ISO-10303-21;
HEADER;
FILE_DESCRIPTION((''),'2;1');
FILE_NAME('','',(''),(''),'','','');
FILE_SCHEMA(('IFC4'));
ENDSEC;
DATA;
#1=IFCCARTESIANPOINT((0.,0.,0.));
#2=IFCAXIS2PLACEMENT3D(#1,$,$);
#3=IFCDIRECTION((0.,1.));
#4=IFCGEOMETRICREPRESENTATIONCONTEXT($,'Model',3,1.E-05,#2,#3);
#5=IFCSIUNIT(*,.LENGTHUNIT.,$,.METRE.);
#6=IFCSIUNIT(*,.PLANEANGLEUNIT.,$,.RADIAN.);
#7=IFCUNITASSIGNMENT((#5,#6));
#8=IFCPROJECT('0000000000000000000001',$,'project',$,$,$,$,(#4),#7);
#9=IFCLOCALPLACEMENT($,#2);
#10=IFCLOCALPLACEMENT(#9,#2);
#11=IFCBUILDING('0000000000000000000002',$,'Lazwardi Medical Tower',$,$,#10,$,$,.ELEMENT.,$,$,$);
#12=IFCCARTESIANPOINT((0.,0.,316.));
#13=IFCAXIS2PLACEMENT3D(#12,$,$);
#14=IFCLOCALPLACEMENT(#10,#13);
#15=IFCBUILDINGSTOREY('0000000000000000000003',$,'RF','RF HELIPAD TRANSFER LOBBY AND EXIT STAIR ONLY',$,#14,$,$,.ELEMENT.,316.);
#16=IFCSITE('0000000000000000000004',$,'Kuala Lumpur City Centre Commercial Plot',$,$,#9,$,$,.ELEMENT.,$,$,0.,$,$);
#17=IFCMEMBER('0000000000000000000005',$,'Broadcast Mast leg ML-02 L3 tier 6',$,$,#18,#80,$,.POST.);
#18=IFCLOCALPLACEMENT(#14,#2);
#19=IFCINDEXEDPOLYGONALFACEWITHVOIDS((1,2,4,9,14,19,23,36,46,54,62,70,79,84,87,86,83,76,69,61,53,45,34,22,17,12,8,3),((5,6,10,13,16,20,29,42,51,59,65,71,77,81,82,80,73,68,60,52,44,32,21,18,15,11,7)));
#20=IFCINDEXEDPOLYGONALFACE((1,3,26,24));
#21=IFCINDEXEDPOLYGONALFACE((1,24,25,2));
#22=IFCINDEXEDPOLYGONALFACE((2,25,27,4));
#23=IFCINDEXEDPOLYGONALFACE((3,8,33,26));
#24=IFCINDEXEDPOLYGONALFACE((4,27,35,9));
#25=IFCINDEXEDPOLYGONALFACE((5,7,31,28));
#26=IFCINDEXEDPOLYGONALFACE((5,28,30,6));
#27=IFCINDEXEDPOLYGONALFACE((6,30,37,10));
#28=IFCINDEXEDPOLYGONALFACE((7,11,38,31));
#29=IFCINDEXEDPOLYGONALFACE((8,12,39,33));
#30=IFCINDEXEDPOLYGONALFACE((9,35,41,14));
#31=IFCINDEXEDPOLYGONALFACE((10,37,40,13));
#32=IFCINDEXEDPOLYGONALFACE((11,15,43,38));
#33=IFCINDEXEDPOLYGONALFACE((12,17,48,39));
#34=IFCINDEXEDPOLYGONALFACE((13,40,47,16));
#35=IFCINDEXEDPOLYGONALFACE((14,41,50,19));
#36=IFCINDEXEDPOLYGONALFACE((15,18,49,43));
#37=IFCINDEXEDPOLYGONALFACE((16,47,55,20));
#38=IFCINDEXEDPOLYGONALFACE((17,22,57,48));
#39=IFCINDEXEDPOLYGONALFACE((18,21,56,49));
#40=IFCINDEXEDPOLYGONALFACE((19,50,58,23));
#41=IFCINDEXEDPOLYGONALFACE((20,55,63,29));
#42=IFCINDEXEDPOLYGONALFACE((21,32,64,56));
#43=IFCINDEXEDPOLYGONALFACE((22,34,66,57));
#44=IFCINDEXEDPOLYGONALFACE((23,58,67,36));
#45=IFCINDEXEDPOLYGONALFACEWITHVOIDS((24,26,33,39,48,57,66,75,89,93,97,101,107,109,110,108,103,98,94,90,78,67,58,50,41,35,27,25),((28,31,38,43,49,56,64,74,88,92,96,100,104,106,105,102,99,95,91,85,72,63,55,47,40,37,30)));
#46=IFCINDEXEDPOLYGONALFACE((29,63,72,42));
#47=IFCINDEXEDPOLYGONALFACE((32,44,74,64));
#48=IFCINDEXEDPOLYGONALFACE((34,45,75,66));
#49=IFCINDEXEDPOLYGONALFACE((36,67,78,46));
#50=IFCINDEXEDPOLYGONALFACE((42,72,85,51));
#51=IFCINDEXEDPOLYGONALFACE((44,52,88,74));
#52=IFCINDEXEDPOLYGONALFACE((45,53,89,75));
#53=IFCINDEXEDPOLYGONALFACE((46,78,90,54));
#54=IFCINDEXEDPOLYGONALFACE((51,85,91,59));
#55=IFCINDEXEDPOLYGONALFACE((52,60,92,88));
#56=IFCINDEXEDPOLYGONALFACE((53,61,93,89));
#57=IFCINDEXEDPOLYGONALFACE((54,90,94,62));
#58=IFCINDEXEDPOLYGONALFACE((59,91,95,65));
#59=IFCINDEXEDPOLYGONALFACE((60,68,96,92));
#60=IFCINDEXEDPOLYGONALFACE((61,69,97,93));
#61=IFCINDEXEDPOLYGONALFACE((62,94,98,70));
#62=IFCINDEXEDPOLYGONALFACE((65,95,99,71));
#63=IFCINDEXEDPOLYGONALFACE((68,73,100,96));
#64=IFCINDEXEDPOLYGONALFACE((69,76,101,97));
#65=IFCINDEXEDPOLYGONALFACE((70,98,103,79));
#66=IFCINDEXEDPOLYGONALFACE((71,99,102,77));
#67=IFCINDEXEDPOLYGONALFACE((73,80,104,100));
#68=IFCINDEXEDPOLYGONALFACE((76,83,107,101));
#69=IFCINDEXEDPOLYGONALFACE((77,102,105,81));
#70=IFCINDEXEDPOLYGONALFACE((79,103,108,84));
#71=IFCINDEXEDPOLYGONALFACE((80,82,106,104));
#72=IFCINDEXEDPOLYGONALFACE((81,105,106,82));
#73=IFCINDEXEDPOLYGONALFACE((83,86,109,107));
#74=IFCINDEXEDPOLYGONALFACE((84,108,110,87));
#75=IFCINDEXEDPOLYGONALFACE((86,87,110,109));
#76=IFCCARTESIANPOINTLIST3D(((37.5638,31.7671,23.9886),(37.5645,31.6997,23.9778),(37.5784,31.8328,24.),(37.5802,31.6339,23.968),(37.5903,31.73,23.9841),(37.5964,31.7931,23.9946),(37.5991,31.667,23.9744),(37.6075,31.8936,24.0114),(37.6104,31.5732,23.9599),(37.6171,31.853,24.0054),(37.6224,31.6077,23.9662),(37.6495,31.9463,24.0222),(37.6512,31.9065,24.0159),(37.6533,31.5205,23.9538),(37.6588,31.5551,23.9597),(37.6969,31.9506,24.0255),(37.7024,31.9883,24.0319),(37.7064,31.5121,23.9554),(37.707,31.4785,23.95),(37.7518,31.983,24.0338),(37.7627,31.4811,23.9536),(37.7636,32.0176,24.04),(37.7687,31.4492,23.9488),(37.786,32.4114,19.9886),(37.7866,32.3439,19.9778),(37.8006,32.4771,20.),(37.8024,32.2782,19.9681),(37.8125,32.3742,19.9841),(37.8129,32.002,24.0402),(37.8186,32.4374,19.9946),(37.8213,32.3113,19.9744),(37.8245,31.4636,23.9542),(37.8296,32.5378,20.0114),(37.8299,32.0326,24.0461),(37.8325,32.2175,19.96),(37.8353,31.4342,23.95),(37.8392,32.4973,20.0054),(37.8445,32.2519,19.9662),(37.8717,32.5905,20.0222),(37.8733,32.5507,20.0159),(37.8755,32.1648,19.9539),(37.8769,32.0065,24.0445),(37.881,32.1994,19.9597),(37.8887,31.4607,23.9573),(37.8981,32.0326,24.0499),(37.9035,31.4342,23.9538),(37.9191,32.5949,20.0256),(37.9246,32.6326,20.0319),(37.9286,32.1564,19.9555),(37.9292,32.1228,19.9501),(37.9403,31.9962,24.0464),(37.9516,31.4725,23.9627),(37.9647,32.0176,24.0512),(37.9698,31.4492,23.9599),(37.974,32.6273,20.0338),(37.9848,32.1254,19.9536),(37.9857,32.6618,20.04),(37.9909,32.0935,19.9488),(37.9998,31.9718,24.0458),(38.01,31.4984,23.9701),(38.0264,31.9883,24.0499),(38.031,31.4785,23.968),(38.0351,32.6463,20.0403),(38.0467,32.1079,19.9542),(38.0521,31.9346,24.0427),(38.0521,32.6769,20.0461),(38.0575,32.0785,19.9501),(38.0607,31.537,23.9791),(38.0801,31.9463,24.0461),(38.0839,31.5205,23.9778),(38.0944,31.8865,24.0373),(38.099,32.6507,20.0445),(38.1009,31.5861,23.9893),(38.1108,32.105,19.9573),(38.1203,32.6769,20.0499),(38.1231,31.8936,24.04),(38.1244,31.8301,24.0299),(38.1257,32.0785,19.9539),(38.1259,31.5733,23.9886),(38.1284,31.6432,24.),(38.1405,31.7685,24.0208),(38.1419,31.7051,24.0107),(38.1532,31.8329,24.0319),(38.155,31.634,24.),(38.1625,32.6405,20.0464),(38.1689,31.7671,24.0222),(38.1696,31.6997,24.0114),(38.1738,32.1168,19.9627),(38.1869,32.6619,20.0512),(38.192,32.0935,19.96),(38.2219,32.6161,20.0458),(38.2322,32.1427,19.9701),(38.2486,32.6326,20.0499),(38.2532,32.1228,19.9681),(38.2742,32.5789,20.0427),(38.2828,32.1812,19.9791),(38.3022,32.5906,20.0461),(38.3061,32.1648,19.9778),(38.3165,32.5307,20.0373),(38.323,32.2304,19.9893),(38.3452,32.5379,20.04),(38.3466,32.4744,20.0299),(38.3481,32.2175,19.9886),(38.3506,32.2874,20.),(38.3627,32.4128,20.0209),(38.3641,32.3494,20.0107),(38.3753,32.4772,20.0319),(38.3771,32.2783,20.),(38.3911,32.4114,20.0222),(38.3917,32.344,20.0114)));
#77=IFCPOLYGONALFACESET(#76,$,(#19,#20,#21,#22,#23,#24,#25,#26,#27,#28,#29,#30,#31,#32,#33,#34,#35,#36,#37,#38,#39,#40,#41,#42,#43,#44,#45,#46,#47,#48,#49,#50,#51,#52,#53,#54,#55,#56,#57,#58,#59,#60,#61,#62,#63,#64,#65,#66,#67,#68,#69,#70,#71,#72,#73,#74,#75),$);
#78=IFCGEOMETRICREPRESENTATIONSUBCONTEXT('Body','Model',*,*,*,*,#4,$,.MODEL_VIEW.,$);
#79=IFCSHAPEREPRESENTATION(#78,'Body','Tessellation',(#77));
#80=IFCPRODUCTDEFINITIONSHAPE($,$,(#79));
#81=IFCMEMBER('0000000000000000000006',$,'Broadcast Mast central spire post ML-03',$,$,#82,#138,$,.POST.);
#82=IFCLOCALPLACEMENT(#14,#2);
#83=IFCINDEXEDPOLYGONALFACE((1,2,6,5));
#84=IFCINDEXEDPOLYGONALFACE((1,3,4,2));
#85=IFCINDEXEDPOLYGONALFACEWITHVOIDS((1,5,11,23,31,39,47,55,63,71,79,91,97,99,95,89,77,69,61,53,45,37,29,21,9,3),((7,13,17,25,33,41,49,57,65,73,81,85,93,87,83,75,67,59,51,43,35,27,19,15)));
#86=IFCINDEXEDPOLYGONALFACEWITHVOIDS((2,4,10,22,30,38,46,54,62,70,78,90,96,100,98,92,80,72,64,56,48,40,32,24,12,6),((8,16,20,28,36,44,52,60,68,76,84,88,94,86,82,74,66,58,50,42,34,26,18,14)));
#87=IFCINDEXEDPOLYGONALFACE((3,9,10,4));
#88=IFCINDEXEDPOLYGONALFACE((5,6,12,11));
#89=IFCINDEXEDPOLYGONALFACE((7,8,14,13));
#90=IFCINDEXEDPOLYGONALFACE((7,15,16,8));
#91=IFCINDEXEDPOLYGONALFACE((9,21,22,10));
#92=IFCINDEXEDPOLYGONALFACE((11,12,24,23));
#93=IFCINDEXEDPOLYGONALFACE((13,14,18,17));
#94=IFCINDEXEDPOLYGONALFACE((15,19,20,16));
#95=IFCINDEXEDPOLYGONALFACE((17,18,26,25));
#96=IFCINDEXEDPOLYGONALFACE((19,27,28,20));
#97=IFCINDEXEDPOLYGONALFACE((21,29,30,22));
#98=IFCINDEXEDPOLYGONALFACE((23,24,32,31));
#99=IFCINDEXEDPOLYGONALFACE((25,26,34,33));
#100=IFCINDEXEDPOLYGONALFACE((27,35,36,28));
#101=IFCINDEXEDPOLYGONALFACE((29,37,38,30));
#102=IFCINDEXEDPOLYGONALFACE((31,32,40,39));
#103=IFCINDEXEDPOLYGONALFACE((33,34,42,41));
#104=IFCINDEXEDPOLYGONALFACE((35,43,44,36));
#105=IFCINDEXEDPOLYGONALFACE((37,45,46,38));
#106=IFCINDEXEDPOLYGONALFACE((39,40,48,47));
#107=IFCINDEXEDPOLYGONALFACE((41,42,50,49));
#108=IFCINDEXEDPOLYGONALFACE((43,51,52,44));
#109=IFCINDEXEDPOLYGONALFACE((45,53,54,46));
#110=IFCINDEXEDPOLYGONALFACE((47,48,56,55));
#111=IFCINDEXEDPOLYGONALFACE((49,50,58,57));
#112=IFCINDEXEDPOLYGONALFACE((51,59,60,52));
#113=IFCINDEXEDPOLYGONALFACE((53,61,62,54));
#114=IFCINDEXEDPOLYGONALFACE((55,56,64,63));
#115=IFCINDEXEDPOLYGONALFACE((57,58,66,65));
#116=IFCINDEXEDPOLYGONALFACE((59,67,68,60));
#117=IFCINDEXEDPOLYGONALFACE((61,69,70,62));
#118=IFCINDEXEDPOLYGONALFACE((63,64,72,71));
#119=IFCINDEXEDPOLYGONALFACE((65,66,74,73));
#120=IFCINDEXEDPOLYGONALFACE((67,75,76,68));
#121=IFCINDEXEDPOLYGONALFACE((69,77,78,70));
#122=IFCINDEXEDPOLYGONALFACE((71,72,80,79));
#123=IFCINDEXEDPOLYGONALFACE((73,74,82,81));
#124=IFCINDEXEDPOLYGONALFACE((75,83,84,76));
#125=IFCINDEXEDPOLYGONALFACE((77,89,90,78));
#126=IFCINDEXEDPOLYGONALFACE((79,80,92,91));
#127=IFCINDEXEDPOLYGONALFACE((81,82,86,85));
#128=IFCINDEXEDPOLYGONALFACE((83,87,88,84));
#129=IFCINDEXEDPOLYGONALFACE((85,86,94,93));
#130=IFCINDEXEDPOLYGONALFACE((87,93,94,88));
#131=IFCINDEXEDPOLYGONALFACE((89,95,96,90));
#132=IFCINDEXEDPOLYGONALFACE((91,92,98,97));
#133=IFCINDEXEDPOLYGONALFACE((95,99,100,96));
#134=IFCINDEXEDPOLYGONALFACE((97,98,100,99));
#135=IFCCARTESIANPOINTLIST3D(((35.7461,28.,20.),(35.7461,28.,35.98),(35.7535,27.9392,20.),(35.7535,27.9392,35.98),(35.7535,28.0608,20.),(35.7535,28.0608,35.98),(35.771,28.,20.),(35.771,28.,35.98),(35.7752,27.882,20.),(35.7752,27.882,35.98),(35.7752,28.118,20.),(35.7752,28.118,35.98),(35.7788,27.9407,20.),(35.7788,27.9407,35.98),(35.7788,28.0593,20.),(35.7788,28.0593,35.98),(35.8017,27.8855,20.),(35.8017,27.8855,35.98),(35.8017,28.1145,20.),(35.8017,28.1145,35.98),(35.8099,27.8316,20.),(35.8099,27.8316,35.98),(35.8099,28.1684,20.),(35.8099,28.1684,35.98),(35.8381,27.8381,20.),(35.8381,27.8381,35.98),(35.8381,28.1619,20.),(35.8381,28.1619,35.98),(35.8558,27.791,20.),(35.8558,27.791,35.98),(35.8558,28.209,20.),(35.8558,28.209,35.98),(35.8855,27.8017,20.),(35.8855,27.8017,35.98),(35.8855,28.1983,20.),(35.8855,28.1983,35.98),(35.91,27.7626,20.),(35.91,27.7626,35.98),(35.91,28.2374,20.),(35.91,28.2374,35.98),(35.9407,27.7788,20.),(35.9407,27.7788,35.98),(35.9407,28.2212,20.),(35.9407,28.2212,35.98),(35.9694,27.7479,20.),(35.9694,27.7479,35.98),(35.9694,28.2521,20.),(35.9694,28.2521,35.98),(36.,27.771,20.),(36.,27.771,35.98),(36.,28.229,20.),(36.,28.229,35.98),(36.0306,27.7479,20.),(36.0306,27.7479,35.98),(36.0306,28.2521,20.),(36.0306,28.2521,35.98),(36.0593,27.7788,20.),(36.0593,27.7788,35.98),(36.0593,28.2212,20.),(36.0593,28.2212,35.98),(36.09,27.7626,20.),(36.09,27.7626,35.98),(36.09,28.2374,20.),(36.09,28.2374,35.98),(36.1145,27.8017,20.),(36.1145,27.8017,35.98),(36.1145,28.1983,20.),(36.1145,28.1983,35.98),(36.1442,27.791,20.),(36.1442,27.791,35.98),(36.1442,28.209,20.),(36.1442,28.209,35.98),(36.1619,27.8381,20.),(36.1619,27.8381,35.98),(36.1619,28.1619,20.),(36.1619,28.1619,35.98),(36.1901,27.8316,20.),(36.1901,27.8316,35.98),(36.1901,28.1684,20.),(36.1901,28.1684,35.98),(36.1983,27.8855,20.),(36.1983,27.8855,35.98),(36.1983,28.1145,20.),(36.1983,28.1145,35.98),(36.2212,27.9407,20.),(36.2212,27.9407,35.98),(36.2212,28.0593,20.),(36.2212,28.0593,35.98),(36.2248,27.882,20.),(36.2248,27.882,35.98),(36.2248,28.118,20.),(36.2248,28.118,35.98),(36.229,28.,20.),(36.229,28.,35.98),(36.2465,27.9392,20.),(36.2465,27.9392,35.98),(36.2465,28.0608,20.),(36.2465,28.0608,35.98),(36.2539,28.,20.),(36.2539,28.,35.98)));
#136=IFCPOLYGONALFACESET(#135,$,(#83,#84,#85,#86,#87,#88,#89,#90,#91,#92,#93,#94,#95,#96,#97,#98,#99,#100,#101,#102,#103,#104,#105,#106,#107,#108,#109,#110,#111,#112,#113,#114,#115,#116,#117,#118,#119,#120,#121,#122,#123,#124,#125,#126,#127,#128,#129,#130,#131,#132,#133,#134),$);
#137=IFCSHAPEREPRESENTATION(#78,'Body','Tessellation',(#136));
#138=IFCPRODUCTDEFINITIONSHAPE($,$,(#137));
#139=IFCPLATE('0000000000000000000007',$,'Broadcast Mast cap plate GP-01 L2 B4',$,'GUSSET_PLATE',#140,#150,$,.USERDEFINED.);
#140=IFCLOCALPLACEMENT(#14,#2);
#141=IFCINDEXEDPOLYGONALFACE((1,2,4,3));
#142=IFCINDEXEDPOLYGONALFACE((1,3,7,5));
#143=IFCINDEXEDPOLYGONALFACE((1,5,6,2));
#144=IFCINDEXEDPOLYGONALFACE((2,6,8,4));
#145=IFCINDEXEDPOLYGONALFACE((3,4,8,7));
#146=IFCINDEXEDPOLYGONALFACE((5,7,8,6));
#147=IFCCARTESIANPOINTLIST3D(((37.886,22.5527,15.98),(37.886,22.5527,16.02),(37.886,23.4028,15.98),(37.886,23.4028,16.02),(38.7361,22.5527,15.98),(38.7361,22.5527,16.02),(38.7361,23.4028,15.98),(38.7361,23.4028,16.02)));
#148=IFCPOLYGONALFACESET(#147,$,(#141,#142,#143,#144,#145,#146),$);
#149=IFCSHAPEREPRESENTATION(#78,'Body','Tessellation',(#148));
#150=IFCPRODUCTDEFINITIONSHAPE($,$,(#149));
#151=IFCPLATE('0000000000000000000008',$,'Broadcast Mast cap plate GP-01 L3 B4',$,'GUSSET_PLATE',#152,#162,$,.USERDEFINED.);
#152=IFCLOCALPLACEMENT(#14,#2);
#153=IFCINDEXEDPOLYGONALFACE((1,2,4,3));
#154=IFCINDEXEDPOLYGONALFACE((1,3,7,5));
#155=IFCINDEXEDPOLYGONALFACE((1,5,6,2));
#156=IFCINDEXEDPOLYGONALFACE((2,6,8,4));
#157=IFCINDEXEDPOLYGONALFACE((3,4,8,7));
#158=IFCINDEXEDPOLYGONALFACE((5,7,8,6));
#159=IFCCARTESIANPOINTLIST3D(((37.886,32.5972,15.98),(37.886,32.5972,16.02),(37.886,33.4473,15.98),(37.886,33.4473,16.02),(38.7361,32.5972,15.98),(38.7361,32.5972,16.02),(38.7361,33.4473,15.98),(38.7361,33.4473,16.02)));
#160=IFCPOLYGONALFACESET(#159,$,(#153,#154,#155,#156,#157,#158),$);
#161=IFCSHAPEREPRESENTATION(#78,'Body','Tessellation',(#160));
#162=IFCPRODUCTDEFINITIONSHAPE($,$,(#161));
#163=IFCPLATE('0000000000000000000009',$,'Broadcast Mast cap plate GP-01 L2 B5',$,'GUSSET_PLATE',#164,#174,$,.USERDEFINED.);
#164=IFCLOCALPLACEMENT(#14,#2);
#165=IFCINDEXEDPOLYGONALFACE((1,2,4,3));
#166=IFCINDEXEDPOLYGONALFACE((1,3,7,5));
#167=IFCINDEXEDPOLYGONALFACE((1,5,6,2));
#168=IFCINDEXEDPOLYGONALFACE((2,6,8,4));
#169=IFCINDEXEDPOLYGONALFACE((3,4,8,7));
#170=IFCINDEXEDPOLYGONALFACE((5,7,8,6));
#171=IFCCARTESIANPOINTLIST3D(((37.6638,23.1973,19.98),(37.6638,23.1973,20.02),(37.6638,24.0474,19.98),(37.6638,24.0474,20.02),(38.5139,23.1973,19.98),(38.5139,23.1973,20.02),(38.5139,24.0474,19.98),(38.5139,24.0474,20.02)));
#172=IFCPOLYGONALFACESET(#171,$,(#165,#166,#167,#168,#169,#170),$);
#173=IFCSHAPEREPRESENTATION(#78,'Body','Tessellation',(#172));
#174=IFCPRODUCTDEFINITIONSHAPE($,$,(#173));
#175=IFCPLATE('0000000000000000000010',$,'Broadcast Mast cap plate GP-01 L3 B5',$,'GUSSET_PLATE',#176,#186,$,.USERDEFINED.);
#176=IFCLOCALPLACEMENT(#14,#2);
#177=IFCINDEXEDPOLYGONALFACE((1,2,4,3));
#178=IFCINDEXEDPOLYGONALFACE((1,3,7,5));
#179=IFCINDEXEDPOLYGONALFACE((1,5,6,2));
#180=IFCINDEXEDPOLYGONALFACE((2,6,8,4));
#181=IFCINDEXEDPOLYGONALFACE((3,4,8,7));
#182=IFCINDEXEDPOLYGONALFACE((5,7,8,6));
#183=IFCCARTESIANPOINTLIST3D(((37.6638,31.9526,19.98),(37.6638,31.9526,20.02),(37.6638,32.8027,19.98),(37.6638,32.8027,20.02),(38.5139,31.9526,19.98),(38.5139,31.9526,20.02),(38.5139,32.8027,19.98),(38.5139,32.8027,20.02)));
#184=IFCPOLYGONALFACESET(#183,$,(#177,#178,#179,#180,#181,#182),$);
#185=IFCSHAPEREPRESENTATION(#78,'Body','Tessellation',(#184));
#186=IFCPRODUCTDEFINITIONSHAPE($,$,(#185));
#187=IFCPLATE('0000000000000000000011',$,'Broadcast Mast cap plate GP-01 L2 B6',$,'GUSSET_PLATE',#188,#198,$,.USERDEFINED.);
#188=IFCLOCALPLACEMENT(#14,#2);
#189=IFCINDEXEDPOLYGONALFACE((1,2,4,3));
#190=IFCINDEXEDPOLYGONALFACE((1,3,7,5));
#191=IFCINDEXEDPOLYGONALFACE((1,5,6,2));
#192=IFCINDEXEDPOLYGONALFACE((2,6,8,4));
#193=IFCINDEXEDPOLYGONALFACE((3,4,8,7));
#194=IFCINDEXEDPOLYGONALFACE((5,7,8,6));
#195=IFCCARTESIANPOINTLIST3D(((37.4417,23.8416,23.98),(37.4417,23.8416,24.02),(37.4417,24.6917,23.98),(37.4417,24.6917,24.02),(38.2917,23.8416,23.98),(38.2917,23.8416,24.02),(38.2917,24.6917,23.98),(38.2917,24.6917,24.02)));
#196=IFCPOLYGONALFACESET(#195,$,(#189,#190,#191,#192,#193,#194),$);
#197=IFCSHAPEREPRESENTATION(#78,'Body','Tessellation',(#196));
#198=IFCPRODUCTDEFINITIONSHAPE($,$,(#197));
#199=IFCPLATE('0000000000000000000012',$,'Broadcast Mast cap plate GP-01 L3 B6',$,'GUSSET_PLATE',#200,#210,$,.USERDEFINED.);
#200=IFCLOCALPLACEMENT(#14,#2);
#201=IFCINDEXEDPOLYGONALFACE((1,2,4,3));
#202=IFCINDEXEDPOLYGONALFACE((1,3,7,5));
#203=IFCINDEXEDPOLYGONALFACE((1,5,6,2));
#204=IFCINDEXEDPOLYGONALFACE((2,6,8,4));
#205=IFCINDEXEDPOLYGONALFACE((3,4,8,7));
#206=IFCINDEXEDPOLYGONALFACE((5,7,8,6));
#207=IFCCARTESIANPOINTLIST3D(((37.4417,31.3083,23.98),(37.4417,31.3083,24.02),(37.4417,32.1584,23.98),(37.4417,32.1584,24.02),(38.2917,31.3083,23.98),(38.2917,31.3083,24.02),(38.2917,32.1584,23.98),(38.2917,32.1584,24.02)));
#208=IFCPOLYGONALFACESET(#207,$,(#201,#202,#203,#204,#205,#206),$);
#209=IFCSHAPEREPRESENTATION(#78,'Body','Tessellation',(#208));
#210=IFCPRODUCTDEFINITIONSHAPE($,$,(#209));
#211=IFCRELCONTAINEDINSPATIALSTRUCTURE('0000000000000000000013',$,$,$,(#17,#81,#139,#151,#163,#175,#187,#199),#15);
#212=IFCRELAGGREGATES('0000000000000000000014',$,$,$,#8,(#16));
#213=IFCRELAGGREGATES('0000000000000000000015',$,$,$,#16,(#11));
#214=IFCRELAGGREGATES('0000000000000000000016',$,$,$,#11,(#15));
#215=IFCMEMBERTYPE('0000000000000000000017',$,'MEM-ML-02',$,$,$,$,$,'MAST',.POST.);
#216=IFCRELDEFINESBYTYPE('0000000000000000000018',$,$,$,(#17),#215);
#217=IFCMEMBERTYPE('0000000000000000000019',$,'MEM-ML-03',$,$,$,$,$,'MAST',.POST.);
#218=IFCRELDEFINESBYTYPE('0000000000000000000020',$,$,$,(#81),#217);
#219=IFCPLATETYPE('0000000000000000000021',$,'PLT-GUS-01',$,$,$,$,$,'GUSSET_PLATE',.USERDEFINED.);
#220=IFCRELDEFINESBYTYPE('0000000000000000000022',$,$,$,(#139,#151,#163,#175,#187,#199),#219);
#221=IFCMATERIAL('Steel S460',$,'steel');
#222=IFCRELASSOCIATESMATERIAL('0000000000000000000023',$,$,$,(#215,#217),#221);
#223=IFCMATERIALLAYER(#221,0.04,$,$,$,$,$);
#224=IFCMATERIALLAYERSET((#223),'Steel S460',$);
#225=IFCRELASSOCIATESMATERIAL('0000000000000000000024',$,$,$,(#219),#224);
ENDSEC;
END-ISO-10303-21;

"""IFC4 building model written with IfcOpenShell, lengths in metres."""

from ifc_helpers import new_model, si_unit, direction, frame, origin, origin_2d, place, context, subcontext, project, spatial, rectangle, hollow_circle, extrude, material, layer, layer_set, material_profile, profile_set, type_object, element, save


model = new_model("IFC4")

# Units and contexts
model_context = context("Model", 3, precision=1e-05, world=origin(), true_north=direction((0.0, 1.0)))
body_context = subcontext(model_context, "Body", "Model", "MODEL_VIEW")
ifc_project = project(units=[si_unit("LENGTHUNIT", "METRE"), si_unit("PLANEANGLEUNIT", "RADIAN")], contexts=[model_context])

# Site, building, storey
site_placement = place(None, origin())
site = spatial("IfcSite", under=ifc_project, at=site_placement, Name="Kuala Lumpur City Centre Commercial Plot", CompositionType="ELEMENT", RefElevation=0.0)
building_placement = place(site_placement, origin())
building = spatial("IfcBuilding", under=site, at=building_placement, Name="Lazwardi Medical Tower", CompositionType="ELEMENT")
storey_placement = place(building_placement, frame((0.0, 0.0, 316.0)))
storey = spatial("IfcBuildingStorey", under=building, at=storey_placement, Name="RF", Description="RF HELIPAD TRANSFER LOBBY AND EXIT STAIR ONLY", CompositionType="ELEMENT", Elevation=316.0)

# Members
ifc_material = material(Name="Steel S460", Category="steel")
ifc_material_profile_1 = material_profile(ifc_material, hollow_circle(Radius=0.3049, WallThickness=0.0281, at=origin_2d()), Name="CHS 610x28")
ifc_profile_set_1 = profile_set([ifc_material_profile_1], Name="Steel S460")
member_type_1 = type_object("IfcMemberType", Name="MEM-ML-02", ElementType="MAST", PredefinedType="POST", material=ifc_profile_set_1)
for number, where, z_axis, x_axis, name in (
    (1, (38.0889, 32.3777, 20.0), (-0.054753, -0.158784, 0.985794), (0.945373, -0.325991, 0.0), "Broadcast Mast leg ML-02 L3 tier 6"),
):
    element("IfcMember", number, at=place(storey_placement, frame(where, z_axis=z_axis, x_axis=x_axis)), inside=storey, type_object=member_type_1, Name=name, PredefinedType="POST", context=body_context, shape_type="SweptSolid", body=[
        extrude(hollow_circle(Radius=0.3049, WallThickness=0.0281, at=origin_2d()), origin(), (0.0, 0.0, 1.0), 4.0576),
    ])
ifc_material_profile_2 = material_profile(ifc_material, hollow_circle(Radius=0.2539, WallThickness=0.0249, at=origin_2d()), Name="CHS 508x25")
ifc_profile_set_2 = profile_set([ifc_material_profile_2], Name="Steel S460")
member_type_2 = type_object("IfcMemberType", Name="MEM-ML-03", ElementType="MAST", PredefinedType="POST", material=ifc_profile_set_2)
member_1_placement = place(storey_placement, frame((36.0, 28.0, 20.0), z_axis=(0.0, 0.0, 1.0), x_axis=(1.0, 0.0, 0.0)))
element("IfcMember", 2, at=member_1_placement, inside=storey, type_object=member_type_2, Name="Broadcast Mast central spire post ML-03", PredefinedType="POST", context=body_context, shape_type="SweptSolid", body=[
    extrude(hollow_circle(Radius=0.2539, WallThickness=0.0249, at=origin_2d()), origin(), (0.0, 0.0, 1.0), 15.98),
])

# Plates
ifc_layer = layer(ifc_material, 0.04)
ifc_layer_set = layer_set([ifc_layer], Name="Steel S460")
plate_type = type_object("IfcPlateType", Name="PLT-GUS-01", ElementType="GUSSET_PLATE", PredefinedType="USERDEFINED", material=ifc_layer_set)
for number, where, z_axis, x_axis, name in (
    (3, (38.311, 22.9778, 15.98), (0.0, 0.0, 1.0), (1.0, 0.0, 0.0), "Broadcast Mast cap plate GP-01 L2 B4"),
    (4, (38.311, 33.0222, 15.98), (0.0, 0.0, 1.0), (1.0, 0.0, 0.0), "Broadcast Mast cap plate GP-01 L3 B4"),
    (5, (38.0889, 23.6223, 19.98), (0.0, 0.0, 1.0), (1.0, 0.0, 0.0), "Broadcast Mast cap plate GP-01 L2 B5"),
    (6, (38.0889, 32.3777, 19.98), (0.0, 0.0, 1.0), (1.0, 0.0, 0.0), "Broadcast Mast cap plate GP-01 L3 B5"),
    (7, (37.8667, 24.2666, 23.98), (0.0, 0.0, 1.0), (1.0, 0.0, 0.0), "Broadcast Mast cap plate GP-01 L2 B6"),
    (8, (37.8667, 31.7334, 23.98), (0.0, 0.0, 1.0), (1.0, 0.0, 0.0), "Broadcast Mast cap plate GP-01 L3 B6"),
):
    element("IfcPlate", number, at=place(storey_placement, frame(where, z_axis=z_axis, x_axis=x_axis)), inside=storey, type_object=plate_type, Name=name, ObjectType="GUSSET_PLATE", PredefinedType="USERDEFINED", context=body_context, shape_type="SweptSolid", body=[
        extrude(rectangle(XDim=0.8501, YDim=0.8501, at=origin_2d()), origin(), (0.0, 0.0, 1.0), 0.04),
    ])

save(model, "model.ifc")
